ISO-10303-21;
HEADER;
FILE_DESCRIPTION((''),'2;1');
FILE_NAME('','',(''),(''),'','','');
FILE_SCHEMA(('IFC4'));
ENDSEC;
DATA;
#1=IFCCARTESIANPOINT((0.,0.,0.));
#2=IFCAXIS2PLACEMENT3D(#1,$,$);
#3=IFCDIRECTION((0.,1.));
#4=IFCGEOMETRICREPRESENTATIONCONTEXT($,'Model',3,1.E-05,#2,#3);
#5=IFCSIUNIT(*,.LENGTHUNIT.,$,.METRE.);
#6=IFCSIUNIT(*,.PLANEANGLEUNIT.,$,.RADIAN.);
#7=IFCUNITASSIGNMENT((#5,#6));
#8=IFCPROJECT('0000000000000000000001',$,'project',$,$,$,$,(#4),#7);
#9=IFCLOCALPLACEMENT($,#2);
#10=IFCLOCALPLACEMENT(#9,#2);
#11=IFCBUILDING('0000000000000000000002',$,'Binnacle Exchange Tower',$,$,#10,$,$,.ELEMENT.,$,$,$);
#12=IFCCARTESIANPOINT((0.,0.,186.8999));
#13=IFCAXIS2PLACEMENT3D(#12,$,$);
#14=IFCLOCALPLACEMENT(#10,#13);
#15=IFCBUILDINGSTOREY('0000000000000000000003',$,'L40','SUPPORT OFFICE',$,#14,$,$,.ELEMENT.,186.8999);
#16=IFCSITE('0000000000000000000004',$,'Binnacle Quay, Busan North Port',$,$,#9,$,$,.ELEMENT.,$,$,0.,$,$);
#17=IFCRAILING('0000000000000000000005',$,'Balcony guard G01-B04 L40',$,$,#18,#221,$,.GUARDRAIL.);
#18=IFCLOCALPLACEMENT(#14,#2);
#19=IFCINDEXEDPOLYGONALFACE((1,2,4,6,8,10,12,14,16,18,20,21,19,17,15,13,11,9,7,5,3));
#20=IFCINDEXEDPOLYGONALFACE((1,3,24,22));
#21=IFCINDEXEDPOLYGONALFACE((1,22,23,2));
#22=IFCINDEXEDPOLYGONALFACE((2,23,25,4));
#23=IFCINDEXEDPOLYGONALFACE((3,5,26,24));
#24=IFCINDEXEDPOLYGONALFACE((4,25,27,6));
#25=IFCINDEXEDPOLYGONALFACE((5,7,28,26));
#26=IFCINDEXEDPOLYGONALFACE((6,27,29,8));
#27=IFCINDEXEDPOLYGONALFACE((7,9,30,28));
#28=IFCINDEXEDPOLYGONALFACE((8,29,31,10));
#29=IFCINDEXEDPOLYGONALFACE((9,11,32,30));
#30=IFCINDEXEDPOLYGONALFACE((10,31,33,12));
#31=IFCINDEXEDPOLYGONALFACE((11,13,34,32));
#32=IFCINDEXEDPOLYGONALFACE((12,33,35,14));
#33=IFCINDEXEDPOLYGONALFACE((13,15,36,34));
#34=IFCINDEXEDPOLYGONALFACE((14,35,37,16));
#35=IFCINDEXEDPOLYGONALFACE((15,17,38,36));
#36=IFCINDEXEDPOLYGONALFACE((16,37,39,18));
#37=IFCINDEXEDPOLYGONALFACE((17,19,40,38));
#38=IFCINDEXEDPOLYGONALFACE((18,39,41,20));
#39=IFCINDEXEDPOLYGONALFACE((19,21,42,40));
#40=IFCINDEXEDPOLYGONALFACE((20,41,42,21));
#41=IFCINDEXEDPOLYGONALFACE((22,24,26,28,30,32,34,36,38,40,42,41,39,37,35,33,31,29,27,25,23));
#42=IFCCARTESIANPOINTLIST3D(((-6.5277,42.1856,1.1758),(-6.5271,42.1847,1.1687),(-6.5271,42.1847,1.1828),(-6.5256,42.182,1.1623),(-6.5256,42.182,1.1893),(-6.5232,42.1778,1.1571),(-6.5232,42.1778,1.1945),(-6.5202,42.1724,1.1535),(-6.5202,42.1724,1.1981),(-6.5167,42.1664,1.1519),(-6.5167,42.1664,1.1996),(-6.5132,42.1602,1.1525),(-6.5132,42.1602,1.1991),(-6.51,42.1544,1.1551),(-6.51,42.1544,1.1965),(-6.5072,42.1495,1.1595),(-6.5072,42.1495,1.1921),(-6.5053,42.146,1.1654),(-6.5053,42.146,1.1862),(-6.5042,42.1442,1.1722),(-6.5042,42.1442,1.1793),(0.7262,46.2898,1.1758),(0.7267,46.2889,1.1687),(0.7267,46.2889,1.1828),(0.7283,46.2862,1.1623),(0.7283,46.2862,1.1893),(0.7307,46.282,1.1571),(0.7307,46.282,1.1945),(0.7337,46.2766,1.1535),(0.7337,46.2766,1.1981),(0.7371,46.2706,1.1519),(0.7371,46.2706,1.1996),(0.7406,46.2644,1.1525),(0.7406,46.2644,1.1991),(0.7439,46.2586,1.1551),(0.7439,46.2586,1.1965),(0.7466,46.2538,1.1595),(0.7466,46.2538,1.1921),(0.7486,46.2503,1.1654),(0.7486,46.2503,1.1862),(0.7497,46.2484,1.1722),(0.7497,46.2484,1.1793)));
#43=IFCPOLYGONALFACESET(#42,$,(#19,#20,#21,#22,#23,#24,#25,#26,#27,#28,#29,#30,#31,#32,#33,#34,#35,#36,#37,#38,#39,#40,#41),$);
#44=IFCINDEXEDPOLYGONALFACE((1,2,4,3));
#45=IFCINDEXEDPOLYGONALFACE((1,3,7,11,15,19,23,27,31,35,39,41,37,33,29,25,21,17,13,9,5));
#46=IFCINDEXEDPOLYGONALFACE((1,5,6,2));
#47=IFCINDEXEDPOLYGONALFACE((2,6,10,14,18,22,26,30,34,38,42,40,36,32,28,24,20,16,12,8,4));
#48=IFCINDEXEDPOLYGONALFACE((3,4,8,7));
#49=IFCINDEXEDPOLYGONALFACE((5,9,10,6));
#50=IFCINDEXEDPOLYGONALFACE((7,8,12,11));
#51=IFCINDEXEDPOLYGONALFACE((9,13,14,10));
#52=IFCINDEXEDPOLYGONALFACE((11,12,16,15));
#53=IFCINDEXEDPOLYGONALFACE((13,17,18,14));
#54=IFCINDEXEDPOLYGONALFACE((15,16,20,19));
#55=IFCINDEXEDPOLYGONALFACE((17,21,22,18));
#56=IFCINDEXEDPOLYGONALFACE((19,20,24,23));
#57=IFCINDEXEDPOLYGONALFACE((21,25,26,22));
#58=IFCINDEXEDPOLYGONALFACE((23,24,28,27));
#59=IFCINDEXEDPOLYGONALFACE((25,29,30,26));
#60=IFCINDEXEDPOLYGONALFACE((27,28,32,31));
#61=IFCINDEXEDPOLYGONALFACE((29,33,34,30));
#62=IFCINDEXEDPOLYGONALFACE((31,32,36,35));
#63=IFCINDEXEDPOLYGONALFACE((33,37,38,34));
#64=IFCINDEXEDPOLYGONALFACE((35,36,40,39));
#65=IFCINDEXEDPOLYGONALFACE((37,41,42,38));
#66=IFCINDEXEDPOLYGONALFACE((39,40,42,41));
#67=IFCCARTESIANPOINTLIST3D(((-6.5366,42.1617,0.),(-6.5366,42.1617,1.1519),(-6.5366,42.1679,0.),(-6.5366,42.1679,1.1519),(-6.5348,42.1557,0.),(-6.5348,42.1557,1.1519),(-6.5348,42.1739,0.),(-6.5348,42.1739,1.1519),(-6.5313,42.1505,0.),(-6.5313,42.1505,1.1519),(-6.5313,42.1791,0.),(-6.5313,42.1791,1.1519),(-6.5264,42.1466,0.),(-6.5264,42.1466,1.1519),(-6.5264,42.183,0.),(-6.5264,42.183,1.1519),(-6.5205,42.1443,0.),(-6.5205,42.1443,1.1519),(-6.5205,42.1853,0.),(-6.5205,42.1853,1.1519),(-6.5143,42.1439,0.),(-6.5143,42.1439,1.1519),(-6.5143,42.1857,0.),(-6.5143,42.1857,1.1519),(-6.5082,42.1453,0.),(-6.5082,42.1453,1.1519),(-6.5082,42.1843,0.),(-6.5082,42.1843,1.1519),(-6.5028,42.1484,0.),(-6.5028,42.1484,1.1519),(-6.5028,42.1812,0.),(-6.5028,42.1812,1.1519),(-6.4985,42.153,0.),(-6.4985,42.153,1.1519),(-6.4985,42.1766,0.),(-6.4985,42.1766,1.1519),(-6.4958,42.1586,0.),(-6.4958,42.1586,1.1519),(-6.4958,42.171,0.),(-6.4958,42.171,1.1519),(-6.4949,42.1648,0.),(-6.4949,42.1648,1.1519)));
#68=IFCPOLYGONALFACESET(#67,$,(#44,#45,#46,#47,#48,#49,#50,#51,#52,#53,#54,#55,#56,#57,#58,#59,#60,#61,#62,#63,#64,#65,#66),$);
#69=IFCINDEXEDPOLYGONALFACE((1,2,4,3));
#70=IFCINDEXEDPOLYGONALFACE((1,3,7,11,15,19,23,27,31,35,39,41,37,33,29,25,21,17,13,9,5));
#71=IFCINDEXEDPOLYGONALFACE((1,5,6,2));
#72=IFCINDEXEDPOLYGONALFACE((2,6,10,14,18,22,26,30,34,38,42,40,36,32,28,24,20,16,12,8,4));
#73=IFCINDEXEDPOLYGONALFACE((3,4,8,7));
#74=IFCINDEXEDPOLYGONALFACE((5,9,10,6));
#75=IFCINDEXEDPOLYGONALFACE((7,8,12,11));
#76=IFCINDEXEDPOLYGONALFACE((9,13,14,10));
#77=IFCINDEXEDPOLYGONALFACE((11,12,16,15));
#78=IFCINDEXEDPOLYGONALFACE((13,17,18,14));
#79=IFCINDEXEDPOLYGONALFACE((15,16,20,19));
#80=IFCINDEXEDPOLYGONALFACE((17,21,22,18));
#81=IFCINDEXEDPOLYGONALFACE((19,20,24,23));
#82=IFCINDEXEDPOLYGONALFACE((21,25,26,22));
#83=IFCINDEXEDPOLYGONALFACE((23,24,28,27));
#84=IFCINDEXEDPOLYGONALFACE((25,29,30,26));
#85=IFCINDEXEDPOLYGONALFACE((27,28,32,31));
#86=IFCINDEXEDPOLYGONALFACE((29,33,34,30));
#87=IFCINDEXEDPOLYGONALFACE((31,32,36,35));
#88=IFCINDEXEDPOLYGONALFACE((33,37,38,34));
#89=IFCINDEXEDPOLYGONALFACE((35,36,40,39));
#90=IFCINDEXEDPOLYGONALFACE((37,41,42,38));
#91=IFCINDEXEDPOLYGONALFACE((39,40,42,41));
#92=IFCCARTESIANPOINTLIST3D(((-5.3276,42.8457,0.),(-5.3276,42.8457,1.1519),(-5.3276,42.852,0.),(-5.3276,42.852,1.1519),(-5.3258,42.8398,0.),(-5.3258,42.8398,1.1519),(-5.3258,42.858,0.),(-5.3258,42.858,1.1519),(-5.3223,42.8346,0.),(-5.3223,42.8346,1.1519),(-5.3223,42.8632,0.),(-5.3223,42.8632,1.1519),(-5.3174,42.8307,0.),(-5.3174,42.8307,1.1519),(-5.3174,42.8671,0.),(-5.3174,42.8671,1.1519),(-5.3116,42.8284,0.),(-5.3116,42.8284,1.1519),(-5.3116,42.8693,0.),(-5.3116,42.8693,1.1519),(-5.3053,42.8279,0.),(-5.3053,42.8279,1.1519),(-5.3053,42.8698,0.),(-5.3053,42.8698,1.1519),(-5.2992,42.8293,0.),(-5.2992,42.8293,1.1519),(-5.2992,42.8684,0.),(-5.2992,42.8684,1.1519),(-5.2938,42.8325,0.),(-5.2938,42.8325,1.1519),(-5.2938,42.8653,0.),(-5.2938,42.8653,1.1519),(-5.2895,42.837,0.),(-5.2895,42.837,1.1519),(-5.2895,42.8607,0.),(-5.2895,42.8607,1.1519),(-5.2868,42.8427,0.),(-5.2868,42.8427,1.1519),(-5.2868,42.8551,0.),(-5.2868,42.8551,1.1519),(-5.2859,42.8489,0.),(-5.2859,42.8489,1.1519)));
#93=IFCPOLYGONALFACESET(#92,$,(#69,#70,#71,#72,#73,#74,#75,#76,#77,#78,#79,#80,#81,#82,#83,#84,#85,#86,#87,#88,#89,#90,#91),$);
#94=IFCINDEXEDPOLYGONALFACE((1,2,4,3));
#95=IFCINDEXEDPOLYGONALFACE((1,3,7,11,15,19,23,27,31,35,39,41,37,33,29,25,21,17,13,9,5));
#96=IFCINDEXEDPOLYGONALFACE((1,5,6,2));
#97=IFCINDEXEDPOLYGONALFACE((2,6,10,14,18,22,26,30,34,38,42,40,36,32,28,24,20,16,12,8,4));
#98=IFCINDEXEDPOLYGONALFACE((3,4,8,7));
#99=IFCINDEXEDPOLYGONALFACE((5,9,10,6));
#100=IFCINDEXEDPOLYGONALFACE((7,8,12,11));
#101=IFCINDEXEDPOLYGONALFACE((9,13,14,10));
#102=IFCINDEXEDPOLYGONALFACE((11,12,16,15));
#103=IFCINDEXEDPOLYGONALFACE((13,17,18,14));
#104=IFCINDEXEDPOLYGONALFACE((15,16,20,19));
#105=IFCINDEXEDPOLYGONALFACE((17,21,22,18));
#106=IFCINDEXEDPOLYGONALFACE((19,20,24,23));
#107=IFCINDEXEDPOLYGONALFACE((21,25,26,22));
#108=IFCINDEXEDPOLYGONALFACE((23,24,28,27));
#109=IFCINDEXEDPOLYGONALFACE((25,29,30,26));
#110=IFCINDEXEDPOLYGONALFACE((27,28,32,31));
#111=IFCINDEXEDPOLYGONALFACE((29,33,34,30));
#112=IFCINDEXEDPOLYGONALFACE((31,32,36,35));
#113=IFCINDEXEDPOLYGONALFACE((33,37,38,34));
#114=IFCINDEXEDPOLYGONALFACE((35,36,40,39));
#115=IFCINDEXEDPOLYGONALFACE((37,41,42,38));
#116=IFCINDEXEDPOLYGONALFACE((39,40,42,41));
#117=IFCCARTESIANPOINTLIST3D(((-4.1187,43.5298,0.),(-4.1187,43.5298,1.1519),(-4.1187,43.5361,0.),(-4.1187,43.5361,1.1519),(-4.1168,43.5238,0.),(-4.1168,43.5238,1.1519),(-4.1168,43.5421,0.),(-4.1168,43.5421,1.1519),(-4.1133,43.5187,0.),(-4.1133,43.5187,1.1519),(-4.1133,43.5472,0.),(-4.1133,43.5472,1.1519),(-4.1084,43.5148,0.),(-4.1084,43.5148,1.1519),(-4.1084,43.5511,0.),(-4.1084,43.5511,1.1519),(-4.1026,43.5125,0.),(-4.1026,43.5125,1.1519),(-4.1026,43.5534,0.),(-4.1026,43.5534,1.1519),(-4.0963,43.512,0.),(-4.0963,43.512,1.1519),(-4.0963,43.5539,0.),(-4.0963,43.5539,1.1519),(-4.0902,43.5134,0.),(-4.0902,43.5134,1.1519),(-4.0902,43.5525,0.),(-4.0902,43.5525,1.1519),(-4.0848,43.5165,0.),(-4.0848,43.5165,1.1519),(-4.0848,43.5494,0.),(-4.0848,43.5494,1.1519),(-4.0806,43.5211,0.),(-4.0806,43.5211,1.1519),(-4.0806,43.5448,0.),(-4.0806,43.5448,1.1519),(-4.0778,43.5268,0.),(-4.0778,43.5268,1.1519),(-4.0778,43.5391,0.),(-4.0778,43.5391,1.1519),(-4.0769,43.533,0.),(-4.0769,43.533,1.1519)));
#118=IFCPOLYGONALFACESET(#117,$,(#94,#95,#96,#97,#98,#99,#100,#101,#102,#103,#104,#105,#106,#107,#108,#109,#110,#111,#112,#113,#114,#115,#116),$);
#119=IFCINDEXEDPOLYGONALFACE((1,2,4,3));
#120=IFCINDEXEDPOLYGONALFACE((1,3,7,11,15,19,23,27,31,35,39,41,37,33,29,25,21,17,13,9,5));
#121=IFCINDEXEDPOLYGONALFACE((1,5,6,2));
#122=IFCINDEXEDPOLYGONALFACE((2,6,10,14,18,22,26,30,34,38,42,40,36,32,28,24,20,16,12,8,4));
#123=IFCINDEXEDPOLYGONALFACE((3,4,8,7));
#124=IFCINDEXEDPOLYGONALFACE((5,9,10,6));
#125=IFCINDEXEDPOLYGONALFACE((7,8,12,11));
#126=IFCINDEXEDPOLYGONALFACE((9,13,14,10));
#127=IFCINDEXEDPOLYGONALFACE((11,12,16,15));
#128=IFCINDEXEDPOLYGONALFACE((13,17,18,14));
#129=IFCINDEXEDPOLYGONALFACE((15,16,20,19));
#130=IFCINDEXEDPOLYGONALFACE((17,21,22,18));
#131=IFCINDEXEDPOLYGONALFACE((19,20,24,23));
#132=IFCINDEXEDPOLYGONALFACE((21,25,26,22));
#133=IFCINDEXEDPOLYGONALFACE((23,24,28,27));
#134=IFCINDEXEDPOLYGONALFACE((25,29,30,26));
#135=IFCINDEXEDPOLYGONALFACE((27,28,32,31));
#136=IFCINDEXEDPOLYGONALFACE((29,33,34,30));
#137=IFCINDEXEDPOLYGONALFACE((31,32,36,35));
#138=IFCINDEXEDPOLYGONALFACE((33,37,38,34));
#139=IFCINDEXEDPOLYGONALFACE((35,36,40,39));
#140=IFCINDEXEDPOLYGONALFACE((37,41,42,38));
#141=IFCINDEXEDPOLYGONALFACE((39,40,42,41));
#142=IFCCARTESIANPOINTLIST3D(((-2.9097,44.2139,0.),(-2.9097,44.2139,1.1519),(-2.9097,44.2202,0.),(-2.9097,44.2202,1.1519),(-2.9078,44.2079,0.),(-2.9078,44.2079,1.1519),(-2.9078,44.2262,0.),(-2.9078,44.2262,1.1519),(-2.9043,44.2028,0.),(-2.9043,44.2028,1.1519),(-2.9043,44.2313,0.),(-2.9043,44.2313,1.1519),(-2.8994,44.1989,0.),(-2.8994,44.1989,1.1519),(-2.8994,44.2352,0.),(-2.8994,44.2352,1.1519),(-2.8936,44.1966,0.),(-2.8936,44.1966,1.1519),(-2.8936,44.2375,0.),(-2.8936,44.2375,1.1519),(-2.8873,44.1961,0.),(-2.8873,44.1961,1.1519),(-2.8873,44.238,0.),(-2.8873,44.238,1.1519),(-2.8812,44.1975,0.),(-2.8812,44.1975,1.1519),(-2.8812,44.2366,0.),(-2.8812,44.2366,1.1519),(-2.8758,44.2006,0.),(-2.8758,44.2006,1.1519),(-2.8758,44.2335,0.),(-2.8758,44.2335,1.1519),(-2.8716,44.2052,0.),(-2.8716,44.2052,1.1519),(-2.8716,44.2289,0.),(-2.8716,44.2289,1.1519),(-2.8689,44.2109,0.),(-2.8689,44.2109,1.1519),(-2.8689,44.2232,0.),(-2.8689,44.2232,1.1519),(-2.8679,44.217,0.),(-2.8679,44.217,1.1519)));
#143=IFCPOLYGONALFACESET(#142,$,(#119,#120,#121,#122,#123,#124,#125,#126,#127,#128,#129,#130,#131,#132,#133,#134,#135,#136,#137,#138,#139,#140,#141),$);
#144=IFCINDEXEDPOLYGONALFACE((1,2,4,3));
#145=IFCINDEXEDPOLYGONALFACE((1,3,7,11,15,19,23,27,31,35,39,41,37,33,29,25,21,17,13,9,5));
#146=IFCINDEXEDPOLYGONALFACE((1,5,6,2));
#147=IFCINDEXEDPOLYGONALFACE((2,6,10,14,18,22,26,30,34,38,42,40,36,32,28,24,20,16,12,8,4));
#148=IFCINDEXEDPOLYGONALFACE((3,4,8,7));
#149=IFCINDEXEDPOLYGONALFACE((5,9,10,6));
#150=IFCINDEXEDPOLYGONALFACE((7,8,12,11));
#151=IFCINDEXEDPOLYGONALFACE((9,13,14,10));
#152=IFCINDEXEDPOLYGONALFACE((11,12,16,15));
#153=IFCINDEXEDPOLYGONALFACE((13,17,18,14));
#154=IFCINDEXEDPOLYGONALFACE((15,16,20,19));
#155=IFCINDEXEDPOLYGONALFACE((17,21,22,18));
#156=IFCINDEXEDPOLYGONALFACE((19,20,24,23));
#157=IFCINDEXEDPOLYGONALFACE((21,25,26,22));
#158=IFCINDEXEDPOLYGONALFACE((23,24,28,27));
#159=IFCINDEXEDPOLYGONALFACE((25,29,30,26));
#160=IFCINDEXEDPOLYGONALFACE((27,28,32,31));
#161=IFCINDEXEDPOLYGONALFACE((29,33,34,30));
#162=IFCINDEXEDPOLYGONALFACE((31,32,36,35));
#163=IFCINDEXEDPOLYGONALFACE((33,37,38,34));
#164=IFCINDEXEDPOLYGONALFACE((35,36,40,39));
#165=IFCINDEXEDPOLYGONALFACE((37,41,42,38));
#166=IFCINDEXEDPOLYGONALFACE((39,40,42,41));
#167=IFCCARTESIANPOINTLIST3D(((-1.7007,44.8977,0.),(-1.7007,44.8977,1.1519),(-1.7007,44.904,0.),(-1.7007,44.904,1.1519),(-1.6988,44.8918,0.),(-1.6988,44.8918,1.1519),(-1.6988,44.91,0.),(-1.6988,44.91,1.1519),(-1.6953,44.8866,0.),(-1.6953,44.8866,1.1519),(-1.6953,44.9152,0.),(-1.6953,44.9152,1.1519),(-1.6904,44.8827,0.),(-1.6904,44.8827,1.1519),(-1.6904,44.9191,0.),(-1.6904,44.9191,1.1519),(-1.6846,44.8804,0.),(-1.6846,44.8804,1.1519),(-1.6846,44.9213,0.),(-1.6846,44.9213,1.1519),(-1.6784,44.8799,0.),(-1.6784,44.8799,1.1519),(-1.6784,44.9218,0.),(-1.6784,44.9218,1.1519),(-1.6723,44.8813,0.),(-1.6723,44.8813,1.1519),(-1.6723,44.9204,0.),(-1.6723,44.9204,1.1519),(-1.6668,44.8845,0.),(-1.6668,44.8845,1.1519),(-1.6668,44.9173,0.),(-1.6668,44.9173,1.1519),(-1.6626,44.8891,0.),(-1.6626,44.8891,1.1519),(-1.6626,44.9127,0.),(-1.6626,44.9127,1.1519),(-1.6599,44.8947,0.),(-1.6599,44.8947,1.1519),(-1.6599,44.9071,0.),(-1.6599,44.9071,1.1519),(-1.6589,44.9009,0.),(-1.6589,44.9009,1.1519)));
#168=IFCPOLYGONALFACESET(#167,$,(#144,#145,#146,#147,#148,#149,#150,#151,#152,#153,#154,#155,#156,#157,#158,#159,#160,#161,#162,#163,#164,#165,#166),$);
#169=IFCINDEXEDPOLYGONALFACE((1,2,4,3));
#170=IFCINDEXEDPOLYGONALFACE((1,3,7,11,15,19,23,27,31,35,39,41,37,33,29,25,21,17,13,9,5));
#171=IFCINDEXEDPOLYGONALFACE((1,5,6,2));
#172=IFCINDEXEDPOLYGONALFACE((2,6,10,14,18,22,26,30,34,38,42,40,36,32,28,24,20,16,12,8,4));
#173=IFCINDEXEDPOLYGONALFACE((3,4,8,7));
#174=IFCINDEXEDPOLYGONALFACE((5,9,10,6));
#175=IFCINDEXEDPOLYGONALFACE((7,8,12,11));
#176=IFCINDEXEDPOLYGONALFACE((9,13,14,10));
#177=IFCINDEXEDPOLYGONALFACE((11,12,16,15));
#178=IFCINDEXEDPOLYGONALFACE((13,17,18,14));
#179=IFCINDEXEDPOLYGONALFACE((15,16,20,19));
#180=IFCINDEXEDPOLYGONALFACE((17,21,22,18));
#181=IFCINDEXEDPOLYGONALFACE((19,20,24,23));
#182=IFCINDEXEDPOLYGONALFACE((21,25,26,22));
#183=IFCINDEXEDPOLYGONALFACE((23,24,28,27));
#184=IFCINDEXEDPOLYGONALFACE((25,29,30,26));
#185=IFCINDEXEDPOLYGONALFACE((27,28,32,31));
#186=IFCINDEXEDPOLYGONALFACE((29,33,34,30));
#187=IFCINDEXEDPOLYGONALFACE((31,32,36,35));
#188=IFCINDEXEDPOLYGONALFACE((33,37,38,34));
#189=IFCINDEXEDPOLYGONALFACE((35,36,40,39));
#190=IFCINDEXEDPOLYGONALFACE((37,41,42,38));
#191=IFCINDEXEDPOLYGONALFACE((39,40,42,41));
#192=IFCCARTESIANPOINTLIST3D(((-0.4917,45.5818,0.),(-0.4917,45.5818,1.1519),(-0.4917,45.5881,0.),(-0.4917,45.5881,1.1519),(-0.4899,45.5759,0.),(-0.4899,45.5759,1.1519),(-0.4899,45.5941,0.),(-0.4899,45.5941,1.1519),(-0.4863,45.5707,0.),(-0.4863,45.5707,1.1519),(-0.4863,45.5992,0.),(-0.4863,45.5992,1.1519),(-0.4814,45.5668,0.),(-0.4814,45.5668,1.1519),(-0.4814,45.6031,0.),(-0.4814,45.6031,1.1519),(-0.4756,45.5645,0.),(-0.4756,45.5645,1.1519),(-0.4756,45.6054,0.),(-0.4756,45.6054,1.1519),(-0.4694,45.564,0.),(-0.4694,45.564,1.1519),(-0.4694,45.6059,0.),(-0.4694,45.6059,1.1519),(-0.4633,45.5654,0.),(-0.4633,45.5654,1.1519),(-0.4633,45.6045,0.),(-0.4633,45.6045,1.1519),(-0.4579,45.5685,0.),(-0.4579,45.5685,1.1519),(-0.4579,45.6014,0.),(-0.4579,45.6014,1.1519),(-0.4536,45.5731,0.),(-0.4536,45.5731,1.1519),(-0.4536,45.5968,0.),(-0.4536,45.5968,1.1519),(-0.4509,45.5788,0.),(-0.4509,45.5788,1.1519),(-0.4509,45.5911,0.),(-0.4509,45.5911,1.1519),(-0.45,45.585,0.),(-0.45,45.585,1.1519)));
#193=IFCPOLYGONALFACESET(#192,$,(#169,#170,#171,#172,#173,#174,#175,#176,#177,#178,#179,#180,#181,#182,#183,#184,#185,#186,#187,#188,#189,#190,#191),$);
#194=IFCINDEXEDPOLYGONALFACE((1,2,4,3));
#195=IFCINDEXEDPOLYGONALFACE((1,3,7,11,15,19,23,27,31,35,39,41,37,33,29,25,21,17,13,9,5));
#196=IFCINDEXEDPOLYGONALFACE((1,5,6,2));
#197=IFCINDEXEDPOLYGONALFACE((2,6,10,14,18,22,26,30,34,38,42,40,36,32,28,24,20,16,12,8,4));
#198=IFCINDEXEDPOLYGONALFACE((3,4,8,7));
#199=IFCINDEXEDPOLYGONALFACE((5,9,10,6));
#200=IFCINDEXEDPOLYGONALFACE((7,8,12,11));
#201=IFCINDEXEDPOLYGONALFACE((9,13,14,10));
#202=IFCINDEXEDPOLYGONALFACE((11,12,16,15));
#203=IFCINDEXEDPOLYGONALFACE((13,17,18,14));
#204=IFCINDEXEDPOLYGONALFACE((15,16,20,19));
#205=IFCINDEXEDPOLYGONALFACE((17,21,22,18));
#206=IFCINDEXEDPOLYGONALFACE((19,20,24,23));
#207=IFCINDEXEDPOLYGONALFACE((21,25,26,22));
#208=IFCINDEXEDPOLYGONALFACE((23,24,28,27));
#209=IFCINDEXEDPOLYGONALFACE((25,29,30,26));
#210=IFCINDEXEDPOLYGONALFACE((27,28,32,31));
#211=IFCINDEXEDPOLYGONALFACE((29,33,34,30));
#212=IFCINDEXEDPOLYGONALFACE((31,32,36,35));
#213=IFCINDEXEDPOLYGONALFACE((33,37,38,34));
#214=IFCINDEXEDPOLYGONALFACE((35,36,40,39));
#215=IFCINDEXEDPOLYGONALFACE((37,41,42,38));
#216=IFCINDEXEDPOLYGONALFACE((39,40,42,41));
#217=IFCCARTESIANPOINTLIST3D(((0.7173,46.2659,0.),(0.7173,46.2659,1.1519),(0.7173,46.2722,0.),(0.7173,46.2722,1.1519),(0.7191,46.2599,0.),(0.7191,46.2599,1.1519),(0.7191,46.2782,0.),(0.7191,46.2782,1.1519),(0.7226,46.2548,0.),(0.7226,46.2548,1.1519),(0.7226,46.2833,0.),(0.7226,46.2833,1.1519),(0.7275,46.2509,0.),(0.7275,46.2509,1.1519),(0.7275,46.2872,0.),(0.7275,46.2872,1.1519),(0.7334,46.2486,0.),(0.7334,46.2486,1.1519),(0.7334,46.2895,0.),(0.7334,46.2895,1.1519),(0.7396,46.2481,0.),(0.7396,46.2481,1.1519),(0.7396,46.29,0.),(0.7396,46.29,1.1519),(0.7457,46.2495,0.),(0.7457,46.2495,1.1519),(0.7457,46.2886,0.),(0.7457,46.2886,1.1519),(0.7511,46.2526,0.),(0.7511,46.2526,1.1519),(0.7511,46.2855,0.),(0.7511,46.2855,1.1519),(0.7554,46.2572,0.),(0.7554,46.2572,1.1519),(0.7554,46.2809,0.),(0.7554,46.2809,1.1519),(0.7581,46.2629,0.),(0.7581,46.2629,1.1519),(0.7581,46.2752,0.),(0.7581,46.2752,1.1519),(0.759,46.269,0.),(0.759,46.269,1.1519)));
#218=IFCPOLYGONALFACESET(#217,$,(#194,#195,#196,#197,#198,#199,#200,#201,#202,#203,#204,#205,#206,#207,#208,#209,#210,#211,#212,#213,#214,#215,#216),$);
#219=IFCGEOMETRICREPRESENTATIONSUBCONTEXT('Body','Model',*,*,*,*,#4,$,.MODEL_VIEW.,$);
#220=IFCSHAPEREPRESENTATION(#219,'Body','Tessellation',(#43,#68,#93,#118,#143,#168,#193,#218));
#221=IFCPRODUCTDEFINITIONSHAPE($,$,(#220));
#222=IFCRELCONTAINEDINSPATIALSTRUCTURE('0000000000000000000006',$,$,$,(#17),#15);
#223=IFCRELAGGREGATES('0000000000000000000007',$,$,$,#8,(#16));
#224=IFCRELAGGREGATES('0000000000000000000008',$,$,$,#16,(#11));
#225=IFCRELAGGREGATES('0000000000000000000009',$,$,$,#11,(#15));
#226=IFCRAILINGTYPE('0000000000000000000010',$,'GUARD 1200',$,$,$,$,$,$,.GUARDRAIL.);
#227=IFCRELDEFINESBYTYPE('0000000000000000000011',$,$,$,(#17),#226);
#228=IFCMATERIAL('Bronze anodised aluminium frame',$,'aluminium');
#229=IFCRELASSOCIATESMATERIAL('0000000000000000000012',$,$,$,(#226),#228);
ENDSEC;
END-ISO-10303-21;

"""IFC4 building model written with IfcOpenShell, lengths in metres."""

from ifc_helpers import new_model, si_unit, direction, frame, origin, origin_2d, place, context, subcontext, project, spatial, circle, extrude, material, type_object, element, save


model = new_model("IFC4")

# Units and contexts
model_context = context("Model", 3, precision=1e-05, world=origin(), true_north=direction((0.0, 1.0)))
body_context = subcontext(model_context, "Body", "Model", "MODEL_VIEW")
ifc_project = project(units=[si_unit("LENGTHUNIT", "METRE"), si_unit("PLANEANGLEUNIT", "RADIAN")], contexts=[model_context])

# Site, building, storey
site_placement = place(None, origin())
site = spatial("IfcSite", under=ifc_project, at=site_placement, Name="Binnacle Quay, Busan North Port", CompositionType="ELEMENT", RefElevation=0.0)
building_placement = place(site_placement, origin())
building = spatial("IfcBuilding", under=site, at=building_placement, Name="Binnacle Exchange Tower", CompositionType="ELEMENT")
storey_placement = place(building_placement, frame((0.0, 0.0, 186.8999)))
storey = spatial("IfcBuildingStorey", under=building, at=storey_placement, Name="L40", Description="SUPPORT OFFICE", CompositionType="ELEMENT", Elevation=186.8999)

# Shared definitions
ifc_material_1 = material(Name="Bronze anodised aluminium frame", Category="aluminium")

# Railing
railing_type = type_object("IfcRailingType", Name="GUARD 1200", PredefinedType="GUARDRAIL", material=ifc_material_1)
railing_placement = place(storey_placement, frame((-6.5159, 42.1648, 0.0)))
element("IfcRailing", 1, at=railing_placement, inside=storey, type_object=railing_type, Name="Balcony guard G01-B04 L40", PredefinedType="GUARDRAIL", context=body_context, shape_type="SweptSolid", body=[
    extrude(circle(Radius=0.0239, at=origin_2d()), frame((0.0, 0.0, 1.1758), z_axis=(0.870346, 0.49244, 0.0), x_axis=(-0.49244, 0.870346, 0.0)), (0.0, 0.0, 1.0), 8.3345),
    extrude(circle(Radius=0.021, at=origin_2d()), origin(), (0.0, 0.0, 1.0), 1.1519),
    extrude(circle(Radius=0.021, at=origin_2d()), frame((1.209, 0.6841, 0.0)), (0.0, 0.0, 1.0), 1.1519),
    extrude(circle(Radius=0.021, at=origin_2d()), frame((2.418, 1.3682, 0.0)), (0.0, 0.0, 1.0), 1.1519),
    extrude(circle(Radius=0.021, at=origin_2d()), frame((3.627, 2.0522, 0.0)), (0.0, 0.0, 1.0), 1.1519),
    extrude(circle(Radius=0.021, at=origin_2d()), frame((4.8359, 2.7361, 0.0)), (0.0, 0.0, 1.0), 1.1519),
    extrude(circle(Radius=0.021, at=origin_2d()), frame((6.0449, 3.4202, 0.0)), (0.0, 0.0, 1.0), 1.1519),
    extrude(circle(Radius=0.021, at=origin_2d()), frame((7.2539, 4.1042, 0.0)), (0.0, 0.0, 1.0), 1.1519),
])

save(model, "model.ifc")
